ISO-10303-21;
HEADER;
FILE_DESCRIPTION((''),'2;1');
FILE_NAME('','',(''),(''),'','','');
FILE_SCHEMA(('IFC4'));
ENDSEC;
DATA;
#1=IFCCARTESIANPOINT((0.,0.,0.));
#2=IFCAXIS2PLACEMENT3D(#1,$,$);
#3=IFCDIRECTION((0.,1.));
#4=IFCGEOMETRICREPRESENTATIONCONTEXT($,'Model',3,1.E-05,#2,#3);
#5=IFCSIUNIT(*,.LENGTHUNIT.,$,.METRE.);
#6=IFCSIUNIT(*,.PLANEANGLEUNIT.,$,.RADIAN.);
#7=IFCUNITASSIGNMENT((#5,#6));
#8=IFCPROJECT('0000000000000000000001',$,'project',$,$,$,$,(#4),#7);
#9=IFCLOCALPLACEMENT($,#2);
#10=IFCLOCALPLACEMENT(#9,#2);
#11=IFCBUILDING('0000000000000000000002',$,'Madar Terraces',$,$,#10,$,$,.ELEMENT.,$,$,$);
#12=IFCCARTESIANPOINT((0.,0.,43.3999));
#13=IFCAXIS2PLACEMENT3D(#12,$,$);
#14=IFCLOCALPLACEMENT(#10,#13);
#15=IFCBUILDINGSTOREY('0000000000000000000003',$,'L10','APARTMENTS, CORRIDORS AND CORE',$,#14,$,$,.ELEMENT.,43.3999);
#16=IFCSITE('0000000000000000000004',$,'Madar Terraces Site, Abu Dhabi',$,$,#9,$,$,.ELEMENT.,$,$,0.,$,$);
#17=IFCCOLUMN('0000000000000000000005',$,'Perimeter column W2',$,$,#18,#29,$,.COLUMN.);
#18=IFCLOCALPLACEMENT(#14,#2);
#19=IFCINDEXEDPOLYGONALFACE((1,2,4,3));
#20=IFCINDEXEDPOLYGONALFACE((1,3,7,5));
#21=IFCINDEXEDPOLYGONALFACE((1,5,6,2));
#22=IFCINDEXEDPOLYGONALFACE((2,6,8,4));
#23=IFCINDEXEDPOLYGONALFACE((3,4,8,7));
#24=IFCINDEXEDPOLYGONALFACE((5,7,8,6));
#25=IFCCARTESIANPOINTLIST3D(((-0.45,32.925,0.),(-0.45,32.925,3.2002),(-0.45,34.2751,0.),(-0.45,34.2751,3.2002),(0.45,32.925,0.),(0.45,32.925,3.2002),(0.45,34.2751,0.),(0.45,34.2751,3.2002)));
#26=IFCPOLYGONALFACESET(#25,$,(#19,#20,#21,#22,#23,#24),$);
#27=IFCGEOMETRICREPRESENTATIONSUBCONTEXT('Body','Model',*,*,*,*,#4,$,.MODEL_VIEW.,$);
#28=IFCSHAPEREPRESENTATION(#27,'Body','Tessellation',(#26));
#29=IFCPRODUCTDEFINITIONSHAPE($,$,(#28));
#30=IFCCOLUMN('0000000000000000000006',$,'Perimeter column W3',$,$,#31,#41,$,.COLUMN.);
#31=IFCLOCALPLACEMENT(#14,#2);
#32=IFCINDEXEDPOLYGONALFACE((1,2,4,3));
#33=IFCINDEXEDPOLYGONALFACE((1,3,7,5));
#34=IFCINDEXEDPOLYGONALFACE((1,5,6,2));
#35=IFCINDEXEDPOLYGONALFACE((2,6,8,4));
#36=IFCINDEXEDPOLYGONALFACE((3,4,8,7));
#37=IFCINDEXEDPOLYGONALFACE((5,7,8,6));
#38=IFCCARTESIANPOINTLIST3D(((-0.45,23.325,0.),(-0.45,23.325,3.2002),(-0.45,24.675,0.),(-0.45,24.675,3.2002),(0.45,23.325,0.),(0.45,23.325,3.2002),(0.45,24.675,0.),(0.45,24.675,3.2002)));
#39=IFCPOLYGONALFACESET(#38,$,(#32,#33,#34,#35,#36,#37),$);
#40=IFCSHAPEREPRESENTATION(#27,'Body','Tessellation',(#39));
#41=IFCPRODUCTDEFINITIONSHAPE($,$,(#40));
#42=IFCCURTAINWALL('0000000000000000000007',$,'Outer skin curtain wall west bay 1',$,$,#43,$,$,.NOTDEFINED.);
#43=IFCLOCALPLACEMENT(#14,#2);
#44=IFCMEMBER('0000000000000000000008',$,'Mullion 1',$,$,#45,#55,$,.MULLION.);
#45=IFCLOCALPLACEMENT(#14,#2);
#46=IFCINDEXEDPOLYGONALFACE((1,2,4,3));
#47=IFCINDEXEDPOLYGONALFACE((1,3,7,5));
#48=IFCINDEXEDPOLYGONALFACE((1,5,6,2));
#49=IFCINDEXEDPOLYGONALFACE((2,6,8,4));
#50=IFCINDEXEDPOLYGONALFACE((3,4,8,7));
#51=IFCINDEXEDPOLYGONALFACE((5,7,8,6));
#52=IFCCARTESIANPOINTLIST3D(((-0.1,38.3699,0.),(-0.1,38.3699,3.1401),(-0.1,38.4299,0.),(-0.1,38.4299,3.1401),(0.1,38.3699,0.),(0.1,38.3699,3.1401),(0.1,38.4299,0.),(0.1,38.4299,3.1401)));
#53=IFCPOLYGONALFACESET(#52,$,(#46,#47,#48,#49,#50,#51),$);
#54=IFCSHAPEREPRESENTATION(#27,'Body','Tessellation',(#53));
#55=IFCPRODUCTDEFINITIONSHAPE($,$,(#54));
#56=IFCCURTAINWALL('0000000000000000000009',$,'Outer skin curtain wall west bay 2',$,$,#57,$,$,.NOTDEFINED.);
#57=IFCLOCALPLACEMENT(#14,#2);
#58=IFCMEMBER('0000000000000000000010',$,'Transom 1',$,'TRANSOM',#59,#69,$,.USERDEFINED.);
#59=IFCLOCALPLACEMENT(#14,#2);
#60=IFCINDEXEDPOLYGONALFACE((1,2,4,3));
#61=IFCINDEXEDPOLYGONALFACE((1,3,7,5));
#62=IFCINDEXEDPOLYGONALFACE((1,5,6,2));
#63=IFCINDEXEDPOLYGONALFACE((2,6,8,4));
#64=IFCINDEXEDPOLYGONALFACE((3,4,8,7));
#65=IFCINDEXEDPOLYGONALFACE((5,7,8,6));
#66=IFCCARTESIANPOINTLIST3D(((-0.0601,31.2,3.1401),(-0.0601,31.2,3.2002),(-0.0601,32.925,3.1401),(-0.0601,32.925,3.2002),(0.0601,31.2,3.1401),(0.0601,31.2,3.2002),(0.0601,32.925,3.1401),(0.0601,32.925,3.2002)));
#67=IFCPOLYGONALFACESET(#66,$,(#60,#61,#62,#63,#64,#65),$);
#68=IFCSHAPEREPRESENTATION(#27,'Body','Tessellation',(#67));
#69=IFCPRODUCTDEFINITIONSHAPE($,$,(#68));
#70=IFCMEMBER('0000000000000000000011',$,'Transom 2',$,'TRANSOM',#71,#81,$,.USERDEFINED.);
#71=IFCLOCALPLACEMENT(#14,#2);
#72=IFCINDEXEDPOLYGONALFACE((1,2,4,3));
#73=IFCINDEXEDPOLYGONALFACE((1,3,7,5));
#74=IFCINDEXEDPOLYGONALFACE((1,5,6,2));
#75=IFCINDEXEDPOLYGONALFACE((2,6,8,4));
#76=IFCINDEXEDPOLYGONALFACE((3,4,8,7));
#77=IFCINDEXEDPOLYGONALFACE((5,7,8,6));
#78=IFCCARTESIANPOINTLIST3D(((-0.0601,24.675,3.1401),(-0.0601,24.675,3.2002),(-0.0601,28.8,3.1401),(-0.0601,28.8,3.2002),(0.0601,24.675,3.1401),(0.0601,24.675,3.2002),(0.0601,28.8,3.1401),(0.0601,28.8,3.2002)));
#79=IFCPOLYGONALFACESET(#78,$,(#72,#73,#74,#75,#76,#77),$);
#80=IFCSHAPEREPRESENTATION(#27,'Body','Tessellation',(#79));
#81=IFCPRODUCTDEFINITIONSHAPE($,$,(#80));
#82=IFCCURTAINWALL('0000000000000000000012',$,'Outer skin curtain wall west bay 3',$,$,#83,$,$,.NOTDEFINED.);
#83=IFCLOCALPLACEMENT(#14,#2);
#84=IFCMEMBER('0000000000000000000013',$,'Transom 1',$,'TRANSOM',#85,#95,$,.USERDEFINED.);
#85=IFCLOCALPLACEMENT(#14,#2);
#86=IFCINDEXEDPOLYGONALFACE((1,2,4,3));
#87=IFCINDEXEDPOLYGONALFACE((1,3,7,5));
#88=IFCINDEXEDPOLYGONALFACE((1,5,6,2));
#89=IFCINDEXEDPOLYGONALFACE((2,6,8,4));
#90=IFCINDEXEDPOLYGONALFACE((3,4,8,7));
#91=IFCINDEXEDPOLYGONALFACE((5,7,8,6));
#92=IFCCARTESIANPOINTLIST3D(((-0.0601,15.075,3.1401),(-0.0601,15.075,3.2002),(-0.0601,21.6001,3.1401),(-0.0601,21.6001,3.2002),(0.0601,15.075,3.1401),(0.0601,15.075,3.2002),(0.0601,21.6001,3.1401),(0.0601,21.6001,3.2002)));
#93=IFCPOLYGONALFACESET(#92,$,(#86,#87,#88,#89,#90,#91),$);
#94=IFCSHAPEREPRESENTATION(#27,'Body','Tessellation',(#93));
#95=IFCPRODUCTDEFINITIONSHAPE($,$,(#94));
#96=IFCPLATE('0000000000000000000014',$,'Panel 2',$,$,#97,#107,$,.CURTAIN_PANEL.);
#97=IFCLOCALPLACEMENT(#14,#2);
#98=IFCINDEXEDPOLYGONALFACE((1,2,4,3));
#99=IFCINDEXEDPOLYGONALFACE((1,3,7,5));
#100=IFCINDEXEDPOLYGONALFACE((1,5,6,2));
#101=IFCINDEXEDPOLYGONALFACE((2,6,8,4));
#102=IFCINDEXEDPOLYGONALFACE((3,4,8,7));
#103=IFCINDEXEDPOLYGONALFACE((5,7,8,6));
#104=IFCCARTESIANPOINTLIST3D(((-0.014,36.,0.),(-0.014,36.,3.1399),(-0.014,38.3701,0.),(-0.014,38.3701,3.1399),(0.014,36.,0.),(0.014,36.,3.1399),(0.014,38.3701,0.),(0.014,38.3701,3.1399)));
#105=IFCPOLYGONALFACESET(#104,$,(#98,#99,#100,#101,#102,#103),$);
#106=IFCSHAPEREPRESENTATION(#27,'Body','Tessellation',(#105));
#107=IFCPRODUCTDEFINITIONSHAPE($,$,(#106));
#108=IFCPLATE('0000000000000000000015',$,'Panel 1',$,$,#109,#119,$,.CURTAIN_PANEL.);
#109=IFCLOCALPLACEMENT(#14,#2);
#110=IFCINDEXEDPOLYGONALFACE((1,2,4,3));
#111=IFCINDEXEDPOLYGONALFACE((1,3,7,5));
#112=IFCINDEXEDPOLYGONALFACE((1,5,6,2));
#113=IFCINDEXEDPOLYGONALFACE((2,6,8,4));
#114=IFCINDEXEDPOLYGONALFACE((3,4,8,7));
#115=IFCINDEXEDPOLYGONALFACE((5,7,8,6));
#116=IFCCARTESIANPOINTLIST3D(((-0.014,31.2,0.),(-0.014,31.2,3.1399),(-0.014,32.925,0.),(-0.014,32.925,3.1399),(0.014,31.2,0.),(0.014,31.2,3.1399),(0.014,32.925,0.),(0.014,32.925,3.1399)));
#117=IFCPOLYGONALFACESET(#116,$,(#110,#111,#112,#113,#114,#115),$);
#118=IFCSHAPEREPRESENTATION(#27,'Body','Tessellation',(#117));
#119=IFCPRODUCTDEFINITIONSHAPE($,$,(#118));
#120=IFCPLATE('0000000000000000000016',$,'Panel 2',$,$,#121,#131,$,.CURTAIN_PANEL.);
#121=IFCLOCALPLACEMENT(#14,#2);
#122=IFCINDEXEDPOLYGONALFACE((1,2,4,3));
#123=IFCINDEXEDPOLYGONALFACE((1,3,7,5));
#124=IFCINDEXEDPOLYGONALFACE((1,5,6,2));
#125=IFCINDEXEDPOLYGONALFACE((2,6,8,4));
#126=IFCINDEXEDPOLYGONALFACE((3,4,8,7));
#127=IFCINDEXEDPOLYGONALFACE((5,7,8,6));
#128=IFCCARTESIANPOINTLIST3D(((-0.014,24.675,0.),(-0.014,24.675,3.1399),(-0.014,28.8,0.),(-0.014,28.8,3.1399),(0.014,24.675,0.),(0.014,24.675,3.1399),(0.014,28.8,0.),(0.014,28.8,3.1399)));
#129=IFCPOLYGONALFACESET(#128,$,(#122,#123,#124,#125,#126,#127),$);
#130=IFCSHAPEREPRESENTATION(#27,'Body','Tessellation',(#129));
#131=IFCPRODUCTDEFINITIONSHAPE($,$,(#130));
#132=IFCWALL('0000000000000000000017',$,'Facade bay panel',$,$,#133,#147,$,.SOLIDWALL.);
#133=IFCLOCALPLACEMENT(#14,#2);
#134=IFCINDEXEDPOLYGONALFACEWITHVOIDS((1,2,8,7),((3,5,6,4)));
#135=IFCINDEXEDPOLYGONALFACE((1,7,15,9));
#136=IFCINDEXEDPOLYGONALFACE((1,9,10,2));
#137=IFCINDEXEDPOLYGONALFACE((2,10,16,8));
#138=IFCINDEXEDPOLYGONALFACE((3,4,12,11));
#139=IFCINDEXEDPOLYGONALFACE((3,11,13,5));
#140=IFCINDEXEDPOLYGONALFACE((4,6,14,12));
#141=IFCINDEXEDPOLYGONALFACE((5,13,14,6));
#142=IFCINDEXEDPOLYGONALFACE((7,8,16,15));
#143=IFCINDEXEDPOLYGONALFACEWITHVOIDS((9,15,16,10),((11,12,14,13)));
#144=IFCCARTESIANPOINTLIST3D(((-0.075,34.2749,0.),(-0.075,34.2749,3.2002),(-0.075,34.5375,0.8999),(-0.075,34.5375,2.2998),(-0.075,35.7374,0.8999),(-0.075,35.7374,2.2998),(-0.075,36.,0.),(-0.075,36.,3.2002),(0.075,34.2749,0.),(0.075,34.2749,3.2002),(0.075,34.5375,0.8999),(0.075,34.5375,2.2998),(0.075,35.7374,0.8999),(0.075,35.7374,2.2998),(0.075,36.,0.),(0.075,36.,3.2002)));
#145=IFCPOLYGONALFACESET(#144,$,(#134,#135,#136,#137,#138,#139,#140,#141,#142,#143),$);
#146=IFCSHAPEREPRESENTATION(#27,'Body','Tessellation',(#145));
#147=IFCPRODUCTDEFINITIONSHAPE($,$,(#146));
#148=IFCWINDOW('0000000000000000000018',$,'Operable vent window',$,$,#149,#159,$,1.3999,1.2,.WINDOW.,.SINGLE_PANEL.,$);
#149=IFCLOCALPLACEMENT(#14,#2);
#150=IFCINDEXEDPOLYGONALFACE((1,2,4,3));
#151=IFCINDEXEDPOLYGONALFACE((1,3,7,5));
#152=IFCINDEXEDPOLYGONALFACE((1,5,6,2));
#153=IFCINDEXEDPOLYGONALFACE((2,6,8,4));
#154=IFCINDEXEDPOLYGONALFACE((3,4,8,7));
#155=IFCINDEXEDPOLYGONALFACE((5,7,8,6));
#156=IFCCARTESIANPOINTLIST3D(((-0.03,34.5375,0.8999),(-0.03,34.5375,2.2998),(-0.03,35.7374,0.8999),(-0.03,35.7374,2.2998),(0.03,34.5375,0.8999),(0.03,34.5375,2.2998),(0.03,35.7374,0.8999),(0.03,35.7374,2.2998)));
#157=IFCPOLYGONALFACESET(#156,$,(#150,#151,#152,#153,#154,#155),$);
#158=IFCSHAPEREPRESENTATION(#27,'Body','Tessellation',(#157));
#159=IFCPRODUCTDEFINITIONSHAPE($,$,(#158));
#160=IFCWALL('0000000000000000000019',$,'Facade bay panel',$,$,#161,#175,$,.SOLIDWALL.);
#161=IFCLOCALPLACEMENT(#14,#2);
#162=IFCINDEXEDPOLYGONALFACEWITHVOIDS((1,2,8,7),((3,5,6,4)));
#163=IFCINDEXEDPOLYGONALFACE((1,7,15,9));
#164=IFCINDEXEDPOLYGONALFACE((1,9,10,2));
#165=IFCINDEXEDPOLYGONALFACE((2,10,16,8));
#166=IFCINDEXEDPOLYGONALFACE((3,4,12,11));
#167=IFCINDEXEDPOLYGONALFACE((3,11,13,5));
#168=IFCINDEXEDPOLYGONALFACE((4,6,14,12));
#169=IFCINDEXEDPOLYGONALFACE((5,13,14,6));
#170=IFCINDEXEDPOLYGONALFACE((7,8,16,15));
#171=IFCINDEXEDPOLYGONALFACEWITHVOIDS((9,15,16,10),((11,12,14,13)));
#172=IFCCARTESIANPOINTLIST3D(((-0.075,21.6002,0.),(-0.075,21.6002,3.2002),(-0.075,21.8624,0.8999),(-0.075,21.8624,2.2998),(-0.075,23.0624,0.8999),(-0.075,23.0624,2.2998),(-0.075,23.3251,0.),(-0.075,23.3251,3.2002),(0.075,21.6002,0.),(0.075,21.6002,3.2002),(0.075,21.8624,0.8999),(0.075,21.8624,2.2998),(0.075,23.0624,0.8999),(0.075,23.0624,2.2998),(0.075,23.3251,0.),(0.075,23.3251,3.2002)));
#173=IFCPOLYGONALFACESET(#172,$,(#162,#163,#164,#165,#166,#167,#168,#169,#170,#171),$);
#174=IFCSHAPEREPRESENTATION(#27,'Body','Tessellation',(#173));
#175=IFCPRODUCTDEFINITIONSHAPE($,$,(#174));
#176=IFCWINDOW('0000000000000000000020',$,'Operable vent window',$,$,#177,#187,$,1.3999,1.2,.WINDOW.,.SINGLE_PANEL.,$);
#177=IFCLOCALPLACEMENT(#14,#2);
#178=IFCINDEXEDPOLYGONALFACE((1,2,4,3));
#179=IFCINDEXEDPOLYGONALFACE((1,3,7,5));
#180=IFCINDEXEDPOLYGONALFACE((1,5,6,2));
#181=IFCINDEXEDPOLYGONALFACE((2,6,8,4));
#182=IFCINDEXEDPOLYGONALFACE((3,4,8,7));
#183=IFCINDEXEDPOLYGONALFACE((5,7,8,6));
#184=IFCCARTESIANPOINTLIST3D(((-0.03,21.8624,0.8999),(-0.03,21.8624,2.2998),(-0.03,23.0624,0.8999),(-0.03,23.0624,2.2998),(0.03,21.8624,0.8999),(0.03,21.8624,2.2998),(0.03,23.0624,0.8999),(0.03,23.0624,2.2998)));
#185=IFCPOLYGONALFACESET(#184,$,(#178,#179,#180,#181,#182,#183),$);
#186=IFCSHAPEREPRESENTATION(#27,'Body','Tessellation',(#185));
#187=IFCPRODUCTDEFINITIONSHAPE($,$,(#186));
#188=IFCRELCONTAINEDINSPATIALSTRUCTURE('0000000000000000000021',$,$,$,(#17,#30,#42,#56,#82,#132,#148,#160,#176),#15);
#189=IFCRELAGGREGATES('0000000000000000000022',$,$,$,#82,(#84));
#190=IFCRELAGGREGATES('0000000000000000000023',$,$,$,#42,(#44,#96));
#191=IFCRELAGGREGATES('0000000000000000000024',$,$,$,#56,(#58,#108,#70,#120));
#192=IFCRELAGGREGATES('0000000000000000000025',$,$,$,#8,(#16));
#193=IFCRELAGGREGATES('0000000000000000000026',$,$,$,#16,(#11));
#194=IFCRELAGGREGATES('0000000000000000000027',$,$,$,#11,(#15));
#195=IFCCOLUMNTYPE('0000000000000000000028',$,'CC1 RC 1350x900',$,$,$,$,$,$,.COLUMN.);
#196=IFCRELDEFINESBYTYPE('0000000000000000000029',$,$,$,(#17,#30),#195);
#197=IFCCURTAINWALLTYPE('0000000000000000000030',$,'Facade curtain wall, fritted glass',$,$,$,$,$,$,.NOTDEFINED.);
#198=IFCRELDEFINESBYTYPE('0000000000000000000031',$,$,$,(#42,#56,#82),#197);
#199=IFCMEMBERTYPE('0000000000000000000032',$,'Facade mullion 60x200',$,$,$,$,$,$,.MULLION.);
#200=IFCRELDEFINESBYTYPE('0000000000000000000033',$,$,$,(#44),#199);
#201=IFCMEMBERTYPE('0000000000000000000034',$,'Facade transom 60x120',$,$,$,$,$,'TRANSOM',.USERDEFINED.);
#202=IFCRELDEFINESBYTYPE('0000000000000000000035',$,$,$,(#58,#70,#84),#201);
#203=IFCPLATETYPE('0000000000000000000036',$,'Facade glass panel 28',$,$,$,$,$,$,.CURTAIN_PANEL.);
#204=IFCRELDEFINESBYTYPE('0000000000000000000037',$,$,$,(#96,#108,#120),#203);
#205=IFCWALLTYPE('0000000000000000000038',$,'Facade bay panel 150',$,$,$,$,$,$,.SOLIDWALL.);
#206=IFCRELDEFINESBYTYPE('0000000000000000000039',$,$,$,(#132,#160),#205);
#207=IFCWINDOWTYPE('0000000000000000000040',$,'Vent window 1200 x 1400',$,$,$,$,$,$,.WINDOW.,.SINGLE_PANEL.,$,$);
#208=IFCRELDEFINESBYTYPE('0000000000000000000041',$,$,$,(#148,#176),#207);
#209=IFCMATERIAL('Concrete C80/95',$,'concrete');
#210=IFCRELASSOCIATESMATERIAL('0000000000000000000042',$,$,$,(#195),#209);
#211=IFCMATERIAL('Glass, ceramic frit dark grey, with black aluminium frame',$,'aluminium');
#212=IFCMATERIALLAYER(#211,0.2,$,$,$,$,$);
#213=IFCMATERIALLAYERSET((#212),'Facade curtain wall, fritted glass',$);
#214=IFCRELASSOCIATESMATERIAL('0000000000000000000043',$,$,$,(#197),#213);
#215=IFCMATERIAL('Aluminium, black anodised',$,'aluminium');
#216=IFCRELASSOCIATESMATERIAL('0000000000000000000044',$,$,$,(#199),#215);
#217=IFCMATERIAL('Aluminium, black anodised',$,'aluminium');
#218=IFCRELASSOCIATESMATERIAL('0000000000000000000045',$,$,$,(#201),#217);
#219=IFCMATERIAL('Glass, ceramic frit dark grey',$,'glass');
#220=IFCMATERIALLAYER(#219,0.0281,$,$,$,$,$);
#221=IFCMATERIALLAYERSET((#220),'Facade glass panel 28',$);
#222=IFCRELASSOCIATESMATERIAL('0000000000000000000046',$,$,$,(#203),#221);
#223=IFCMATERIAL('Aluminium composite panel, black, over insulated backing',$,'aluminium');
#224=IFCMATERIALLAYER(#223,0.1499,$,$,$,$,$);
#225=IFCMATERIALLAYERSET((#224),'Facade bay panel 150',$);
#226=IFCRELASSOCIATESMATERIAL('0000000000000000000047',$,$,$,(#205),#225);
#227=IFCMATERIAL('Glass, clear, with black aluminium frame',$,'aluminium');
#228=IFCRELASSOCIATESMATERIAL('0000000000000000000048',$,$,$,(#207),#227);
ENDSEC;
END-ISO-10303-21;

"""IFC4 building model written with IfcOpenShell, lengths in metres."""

from ifc_helpers import new_model, si_unit, direction, frame, frame_2d, origin, origin_2d, place, context, subcontext, project, spatial, rectangle, extrude, material, layer, layer_set, material_profile, profile_set, type_object, element, fill, aggregate, save


model = new_model("IFC4")

# Units and contexts
model_context = context("Model", 3, precision=1e-05, world=origin(), true_north=direction((0.0, 1.0)))
body_context = subcontext(model_context, "Body", "Model", "MODEL_VIEW")
ifc_project = project(units=[si_unit("LENGTHUNIT", "METRE"), si_unit("PLANEANGLEUNIT", "RADIAN")], contexts=[model_context])

# Site, building, storey
site_placement = place(None, origin())
site = spatial("IfcSite", under=ifc_project, at=site_placement, Name="Madar Terraces Site, Abu Dhabi", CompositionType="ELEMENT", RefElevation=0.0)
building_placement = place(site_placement, origin())
building = spatial("IfcBuilding", under=site, at=building_placement, Name="Madar Terraces", CompositionType="ELEMENT")
storey_placement = place(building_placement, frame((0.0, 0.0, 43.3999)))
storey = spatial("IfcBuildingStorey", under=building, at=storey_placement, Name="L10", Description="APARTMENTS, CORRIDORS AND CORE", CompositionType="ELEMENT", Elevation=43.3999)

# Columns
ifc_material_1 = material(Name="Concrete C80/95", Category="concrete")
ifc_material_profile_1 = material_profile(ifc_material_1, rectangle(XDim=1.3501, YDim=0.8999, at=origin_2d()), Name="CC1 RC 1350x900")
ifc_profile_set_1 = profile_set([ifc_material_profile_1], Name="Concrete C80/95")
column_type = type_object("IfcColumnType", Name="CC1 RC 1350x900", PredefinedType="COLUMN", material=ifc_profile_set_1)
for number, where, z_axis, x_axis, name in (
    (1, (0.0, 33.6001, 0.0), (0.0, 0.0, 1.0), (0.0, 1.0, 0.0), "Perimeter column W2"),
    (2, (0.0, 24.0, 0.0), (0.0, 0.0, 1.0), (0.0, 1.0, 0.0), "Perimeter column W3"),
):
    element("IfcColumn", number, at=place(storey_placement, frame(where, z_axis=z_axis, x_axis=x_axis)), inside=storey, type_object=column_type, Name=name, PredefinedType="COLUMN", context=body_context, shape_type="SweptSolid", body=[
        extrude(rectangle(XDim=1.3501, YDim=0.8999, at=origin_2d()), origin(), (0.0, 0.0, 1.0), 3.2002),
    ])

# Curtain wall, member
ifc_material_2 = material(Name="Glass, ceramic frit dark grey, with black aluminium frame", Category="aluminium")
ifc_layer_1 = layer(ifc_material_2, 0.2)
ifc_layer_set_1 = layer_set([ifc_layer_1], Name="Facade curtain wall, fritted glass")
curtain_wall_type = type_object("IfcCurtainWallType", Name="Facade curtain wall, fritted glass", PredefinedType="NOTDEFINED", material=ifc_layer_set_1)
curtain_wall_1_placement = place(storey_placement, origin())
curtain_wall_1 = element("IfcCurtainWall", 3, at=curtain_wall_1_placement, inside=storey, type_object=curtain_wall_type, Name="Outer skin curtain wall west bay 1", PredefinedType="NOTDEFINED")
ifc_material_3 = material(Name="Aluminium, black anodised", Category="aluminium")
ifc_material_profile_2 = material_profile(ifc_material_3, rectangle(XDim=0.2, YDim=0.0601, at=origin_2d()), Name="Facade mullion 60x200")
ifc_profile_set_2 = profile_set([ifc_material_profile_2], Name="Aluminium, black anodised")
member_type_1 = type_object("IfcMemberType", Name="Facade mullion 60x200", PredefinedType="MULLION", material=ifc_profile_set_2)
member_1_placement = place(storey_placement, frame((0.0, 38.3999, 0.0), z_axis=(0.0, 0.0, 1.0), x_axis=(1.0, 0.0, 0.0)))
member_1 = element("IfcMember", 4, at=member_1_placement, type_object=member_type_1, Name="Mullion 1", PredefinedType="MULLION", context=body_context, shape_type="SweptSolid", body=[
    extrude(rectangle(XDim=0.2, YDim=0.0601, at=origin_2d()), origin(), (0.0, 0.0, 1.0), 3.1401),
])

# Curtain wall, members
curtain_wall_2_placement = place(storey_placement, origin())
curtain_wall_2 = element("IfcCurtainWall", 5, at=curtain_wall_2_placement, inside=storey, type_object=curtain_wall_type, Name="Outer skin curtain wall west bay 2", PredefinedType="NOTDEFINED")
ifc_material_4 = material(Name="Aluminium, black anodised", Category="aluminium")
ifc_material_profile_3 = material_profile(ifc_material_4, rectangle(XDim=0.1201, YDim=0.0601, at=origin_2d()), Name="Facade transom 60x120")
ifc_profile_set_3 = profile_set([ifc_material_profile_3], Name="Aluminium, black anodised")
member_type_2 = type_object("IfcMemberType", Name="Facade transom 60x120", ElementType="TRANSOM", PredefinedType="USERDEFINED", material=ifc_profile_set_3)
member_2_placement = place(storey_placement, frame((0.0, 32.925, 3.1702), z_axis=(0.0, -1.0, 0.0), x_axis=(1.0, 0.0, 0.0)))
member_2 = element("IfcMember", 6, at=member_2_placement, type_object=member_type_2, Name="Transom 1", ObjectType="TRANSOM", PredefinedType="USERDEFINED", context=body_context, shape_type="SweptSolid", body=[
    extrude(rectangle(XDim=0.1201, YDim=0.0601, at=origin_2d()), origin(), (0.0, 0.0, 1.0), 1.7251),
])
member_3_placement = place(storey_placement, frame((0.0, 28.8, 3.1702), z_axis=(0.0, -1.0, 0.0), x_axis=(1.0, 0.0, 0.0)))
member_3 = element("IfcMember", 7, at=member_3_placement, type_object=member_type_2, Name="Transom 2", ObjectType="TRANSOM", PredefinedType="USERDEFINED", context=body_context, shape_type="SweptSolid", body=[
    extrude(rectangle(XDim=0.1201, YDim=0.0601, at=origin_2d()), origin(), (0.0, 0.0, 1.0), 4.125),
])

# Curtain wall, member
curtain_wall_3_placement = place(storey_placement, origin())
curtain_wall_3 = element("IfcCurtainWall", 8, at=curtain_wall_3_placement, inside=storey, type_object=curtain_wall_type, Name="Outer skin curtain wall west bay 3", PredefinedType="NOTDEFINED")
member_4_placement = place(storey_placement, frame((0.0, 21.6001, 3.1702), z_axis=(0.0, -1.0, 0.0), x_axis=(1.0, 0.0, 0.0)))
member_4 = element("IfcMember", 9, at=member_4_placement, type_object=member_type_2, Name="Transom 1", ObjectType="TRANSOM", PredefinedType="USERDEFINED", context=body_context, shape_type="SweptSolid", body=[
    extrude(rectangle(XDim=0.1201, YDim=0.0601, at=origin_2d()), origin(), (0.0, 0.0, 1.0), 6.5251),
])
aggregate(curtain_wall_3, [member_4])

# Plates
ifc_material_5 = material(Name="Glass, ceramic frit dark grey", Category="glass")
ifc_layer_2 = layer(ifc_material_5, 0.0281)
ifc_layer_set_2 = layer_set([ifc_layer_2], Name="Facade glass panel 28")
plate_type = type_object("IfcPlateType", Name="Facade glass panel 28", PredefinedType="CURTAIN_PANEL", material=ifc_layer_set_2)
plate_1_placement = place(storey_placement, frame((0.0, 37.1851, 0.0), z_axis=(0.0, 0.0, 1.0), x_axis=(0.0, -1.0, 0.0)))
plate_1 = element("IfcPlate", 10, at=plate_1_placement, type_object=plate_type, Name="Panel 2", PredefinedType="CURTAIN_PANEL", context=body_context, shape_type="SweptSolid", body=[
    extrude(rectangle(XDim=2.3701, YDim=0.0281, at=origin_2d()), origin(), (0.0, 0.0, 1.0), 3.1399),
])
aggregate(curtain_wall_1, [member_1, plate_1])
plate_2_placement = place(storey_placement, frame((0.0, 32.0625, 0.0), z_axis=(0.0, 0.0, 1.0), x_axis=(0.0, -1.0, 0.0)))
plate_2 = element("IfcPlate", 11, at=plate_2_placement, type_object=plate_type, Name="Panel 1", PredefinedType="CURTAIN_PANEL", context=body_context, shape_type="SweptSolid", body=[
    extrude(rectangle(XDim=1.7251, YDim=0.0281, at=origin_2d()), origin(), (0.0, 0.0, 1.0), 3.1399),
])
plate_3_placement = place(storey_placement, frame((0.0, 26.7375, 0.0), z_axis=(0.0, 0.0, 1.0), x_axis=(0.0, -1.0, 0.0)))
plate_3 = element("IfcPlate", 12, at=plate_3_placement, type_object=plate_type, Name="Panel 2", PredefinedType="CURTAIN_PANEL", context=body_context, shape_type="SweptSolid", body=[
    extrude(rectangle(XDim=4.125, YDim=0.0281, at=origin_2d()), origin(), (0.0, 0.0, 1.0), 3.1399),
])
aggregate(curtain_wall_2, [member_2, plate_2, member_3, plate_3])

# Wall, opening, window
ifc_material_6 = material(Name="Aluminium composite panel, black, over insulated backing", Category="aluminium")
ifc_layer_3 = layer(ifc_material_6, 0.1499)
ifc_layer_set_3 = layer_set([ifc_layer_3], Name="Facade bay panel 150")
wall_type_1 = type_object("IfcWallType", Name="Facade bay panel 150", PredefinedType="SOLIDWALL", material=ifc_layer_set_3)
wall_1_placement = place(storey_placement, frame((0.0, 36.0, 0.0), z_axis=(0.0, 0.0, 1.0), x_axis=(0.0, -1.0, 0.0)))
wall_1 = element("IfcWall", 13, at=wall_1_placement, inside=storey, type_object=wall_type_1, Name="Facade bay panel", PredefinedType="SOLIDWALL", context=body_context, shape_type="SweptSolid", body=[
    extrude(rectangle(XDim=1.7251, YDim=0.1499, at=frame_2d((0.8625, 0.0))), origin(), (0.0, 0.0, 1.0), 3.2002),
])
opening_1_placement = place(wall_1_placement, frame((0.2625, 0.0, 0.8999)))
opening_1 = element("IfcOpeningElement", 14, at=opening_1_placement, cuts=wall_1, PredefinedType="OPENING", context=body_context, shape_type="SweptSolid", body=[
    extrude(rectangle(XDim=1.2, YDim=1.3999, at=frame_2d((0.6001, 0.7))), frame((0.0, 0.085, 0.0), z_axis=(0.0, -1.0, 0.0), x_axis=(1.0, 0.0, 0.0)), (0.0, 0.0, 1.0), 0.1699),
])
ifc_material_7 = material(Name="Glass, clear, with black aluminium frame", Category="aluminium")
window_type = type_object("IfcWindowType", Name="Vent window 1200 x 1400", PartitioningType="SINGLE_PANEL", PredefinedType="WINDOW", material=ifc_material_7)
window_1_placement = place(opening_1_placement, origin())
window_1 = element("IfcWindow", 15, at=window_1_placement, inside=storey, type_object=window_type, Name="Operable vent window", OverallHeight=1.3999, OverallWidth=1.2, PartitioningType="SINGLE_PANEL", PredefinedType="WINDOW", context=body_context, shape_type="SweptSolid", body=[
    extrude(rectangle(XDim=1.2, YDim=1.3999, at=frame_2d((0.6001, 0.7))), frame((0.0, 0.03, 0.0), z_axis=(0.0, -1.0, 0.0), x_axis=(1.0, 0.0, 0.0)), (0.0, 0.0, 1.0), 0.0601),
])
fill(opening_1, window_1)

# Wall, opening, window
wall_2_placement = place(storey_placement, frame((0.0, 23.325, 0.0), z_axis=(0.0, 0.0, 1.0), x_axis=(0.0, -1.0, 0.0)))
wall_2 = element("IfcWall", 16, at=wall_2_placement, inside=storey, type_object=wall_type_1, Name="Facade bay panel", PredefinedType="SOLIDWALL", context=body_context, shape_type="SweptSolid", body=[
    extrude(rectangle(XDim=1.7249, YDim=0.1499, at=frame_2d((0.8623, 0.0))), origin(), (0.0, 0.0, 1.0), 3.2002),
])
opening_2_placement = place(wall_2_placement, frame((0.2625, 0.0, 0.8999)))
opening_2 = element("IfcOpeningElement", 17, at=opening_2_placement, cuts=wall_2, PredefinedType="OPENING", context=body_context, shape_type="SweptSolid", body=[
    extrude(rectangle(XDim=1.2, YDim=1.3999, at=frame_2d((0.6001, 0.7))), frame((0.0, 0.085, 0.0), z_axis=(0.0, -1.0, 0.0), x_axis=(1.0, 0.0, 0.0)), (0.0, 0.0, 1.0), 0.1699),
])
window_2_placement = place(opening_2_placement, origin())
window_2 = element("IfcWindow", 18, at=window_2_placement, inside=storey, type_object=window_type, Name="Operable vent window", OverallHeight=1.3999, OverallWidth=1.2, PartitioningType="SINGLE_PANEL", PredefinedType="WINDOW", context=body_context, shape_type="SweptSolid", body=[
    extrude(rectangle(XDim=1.2, YDim=1.3999, at=frame_2d((0.6001, 0.7))), frame((0.0, 0.03, 0.0), z_axis=(0.0, -1.0, 0.0), x_axis=(1.0, 0.0, 0.0)), (0.0, 0.0, 1.0), 0.0601),
])
fill(opening_2, window_2)

save(model, "model.ifc")
